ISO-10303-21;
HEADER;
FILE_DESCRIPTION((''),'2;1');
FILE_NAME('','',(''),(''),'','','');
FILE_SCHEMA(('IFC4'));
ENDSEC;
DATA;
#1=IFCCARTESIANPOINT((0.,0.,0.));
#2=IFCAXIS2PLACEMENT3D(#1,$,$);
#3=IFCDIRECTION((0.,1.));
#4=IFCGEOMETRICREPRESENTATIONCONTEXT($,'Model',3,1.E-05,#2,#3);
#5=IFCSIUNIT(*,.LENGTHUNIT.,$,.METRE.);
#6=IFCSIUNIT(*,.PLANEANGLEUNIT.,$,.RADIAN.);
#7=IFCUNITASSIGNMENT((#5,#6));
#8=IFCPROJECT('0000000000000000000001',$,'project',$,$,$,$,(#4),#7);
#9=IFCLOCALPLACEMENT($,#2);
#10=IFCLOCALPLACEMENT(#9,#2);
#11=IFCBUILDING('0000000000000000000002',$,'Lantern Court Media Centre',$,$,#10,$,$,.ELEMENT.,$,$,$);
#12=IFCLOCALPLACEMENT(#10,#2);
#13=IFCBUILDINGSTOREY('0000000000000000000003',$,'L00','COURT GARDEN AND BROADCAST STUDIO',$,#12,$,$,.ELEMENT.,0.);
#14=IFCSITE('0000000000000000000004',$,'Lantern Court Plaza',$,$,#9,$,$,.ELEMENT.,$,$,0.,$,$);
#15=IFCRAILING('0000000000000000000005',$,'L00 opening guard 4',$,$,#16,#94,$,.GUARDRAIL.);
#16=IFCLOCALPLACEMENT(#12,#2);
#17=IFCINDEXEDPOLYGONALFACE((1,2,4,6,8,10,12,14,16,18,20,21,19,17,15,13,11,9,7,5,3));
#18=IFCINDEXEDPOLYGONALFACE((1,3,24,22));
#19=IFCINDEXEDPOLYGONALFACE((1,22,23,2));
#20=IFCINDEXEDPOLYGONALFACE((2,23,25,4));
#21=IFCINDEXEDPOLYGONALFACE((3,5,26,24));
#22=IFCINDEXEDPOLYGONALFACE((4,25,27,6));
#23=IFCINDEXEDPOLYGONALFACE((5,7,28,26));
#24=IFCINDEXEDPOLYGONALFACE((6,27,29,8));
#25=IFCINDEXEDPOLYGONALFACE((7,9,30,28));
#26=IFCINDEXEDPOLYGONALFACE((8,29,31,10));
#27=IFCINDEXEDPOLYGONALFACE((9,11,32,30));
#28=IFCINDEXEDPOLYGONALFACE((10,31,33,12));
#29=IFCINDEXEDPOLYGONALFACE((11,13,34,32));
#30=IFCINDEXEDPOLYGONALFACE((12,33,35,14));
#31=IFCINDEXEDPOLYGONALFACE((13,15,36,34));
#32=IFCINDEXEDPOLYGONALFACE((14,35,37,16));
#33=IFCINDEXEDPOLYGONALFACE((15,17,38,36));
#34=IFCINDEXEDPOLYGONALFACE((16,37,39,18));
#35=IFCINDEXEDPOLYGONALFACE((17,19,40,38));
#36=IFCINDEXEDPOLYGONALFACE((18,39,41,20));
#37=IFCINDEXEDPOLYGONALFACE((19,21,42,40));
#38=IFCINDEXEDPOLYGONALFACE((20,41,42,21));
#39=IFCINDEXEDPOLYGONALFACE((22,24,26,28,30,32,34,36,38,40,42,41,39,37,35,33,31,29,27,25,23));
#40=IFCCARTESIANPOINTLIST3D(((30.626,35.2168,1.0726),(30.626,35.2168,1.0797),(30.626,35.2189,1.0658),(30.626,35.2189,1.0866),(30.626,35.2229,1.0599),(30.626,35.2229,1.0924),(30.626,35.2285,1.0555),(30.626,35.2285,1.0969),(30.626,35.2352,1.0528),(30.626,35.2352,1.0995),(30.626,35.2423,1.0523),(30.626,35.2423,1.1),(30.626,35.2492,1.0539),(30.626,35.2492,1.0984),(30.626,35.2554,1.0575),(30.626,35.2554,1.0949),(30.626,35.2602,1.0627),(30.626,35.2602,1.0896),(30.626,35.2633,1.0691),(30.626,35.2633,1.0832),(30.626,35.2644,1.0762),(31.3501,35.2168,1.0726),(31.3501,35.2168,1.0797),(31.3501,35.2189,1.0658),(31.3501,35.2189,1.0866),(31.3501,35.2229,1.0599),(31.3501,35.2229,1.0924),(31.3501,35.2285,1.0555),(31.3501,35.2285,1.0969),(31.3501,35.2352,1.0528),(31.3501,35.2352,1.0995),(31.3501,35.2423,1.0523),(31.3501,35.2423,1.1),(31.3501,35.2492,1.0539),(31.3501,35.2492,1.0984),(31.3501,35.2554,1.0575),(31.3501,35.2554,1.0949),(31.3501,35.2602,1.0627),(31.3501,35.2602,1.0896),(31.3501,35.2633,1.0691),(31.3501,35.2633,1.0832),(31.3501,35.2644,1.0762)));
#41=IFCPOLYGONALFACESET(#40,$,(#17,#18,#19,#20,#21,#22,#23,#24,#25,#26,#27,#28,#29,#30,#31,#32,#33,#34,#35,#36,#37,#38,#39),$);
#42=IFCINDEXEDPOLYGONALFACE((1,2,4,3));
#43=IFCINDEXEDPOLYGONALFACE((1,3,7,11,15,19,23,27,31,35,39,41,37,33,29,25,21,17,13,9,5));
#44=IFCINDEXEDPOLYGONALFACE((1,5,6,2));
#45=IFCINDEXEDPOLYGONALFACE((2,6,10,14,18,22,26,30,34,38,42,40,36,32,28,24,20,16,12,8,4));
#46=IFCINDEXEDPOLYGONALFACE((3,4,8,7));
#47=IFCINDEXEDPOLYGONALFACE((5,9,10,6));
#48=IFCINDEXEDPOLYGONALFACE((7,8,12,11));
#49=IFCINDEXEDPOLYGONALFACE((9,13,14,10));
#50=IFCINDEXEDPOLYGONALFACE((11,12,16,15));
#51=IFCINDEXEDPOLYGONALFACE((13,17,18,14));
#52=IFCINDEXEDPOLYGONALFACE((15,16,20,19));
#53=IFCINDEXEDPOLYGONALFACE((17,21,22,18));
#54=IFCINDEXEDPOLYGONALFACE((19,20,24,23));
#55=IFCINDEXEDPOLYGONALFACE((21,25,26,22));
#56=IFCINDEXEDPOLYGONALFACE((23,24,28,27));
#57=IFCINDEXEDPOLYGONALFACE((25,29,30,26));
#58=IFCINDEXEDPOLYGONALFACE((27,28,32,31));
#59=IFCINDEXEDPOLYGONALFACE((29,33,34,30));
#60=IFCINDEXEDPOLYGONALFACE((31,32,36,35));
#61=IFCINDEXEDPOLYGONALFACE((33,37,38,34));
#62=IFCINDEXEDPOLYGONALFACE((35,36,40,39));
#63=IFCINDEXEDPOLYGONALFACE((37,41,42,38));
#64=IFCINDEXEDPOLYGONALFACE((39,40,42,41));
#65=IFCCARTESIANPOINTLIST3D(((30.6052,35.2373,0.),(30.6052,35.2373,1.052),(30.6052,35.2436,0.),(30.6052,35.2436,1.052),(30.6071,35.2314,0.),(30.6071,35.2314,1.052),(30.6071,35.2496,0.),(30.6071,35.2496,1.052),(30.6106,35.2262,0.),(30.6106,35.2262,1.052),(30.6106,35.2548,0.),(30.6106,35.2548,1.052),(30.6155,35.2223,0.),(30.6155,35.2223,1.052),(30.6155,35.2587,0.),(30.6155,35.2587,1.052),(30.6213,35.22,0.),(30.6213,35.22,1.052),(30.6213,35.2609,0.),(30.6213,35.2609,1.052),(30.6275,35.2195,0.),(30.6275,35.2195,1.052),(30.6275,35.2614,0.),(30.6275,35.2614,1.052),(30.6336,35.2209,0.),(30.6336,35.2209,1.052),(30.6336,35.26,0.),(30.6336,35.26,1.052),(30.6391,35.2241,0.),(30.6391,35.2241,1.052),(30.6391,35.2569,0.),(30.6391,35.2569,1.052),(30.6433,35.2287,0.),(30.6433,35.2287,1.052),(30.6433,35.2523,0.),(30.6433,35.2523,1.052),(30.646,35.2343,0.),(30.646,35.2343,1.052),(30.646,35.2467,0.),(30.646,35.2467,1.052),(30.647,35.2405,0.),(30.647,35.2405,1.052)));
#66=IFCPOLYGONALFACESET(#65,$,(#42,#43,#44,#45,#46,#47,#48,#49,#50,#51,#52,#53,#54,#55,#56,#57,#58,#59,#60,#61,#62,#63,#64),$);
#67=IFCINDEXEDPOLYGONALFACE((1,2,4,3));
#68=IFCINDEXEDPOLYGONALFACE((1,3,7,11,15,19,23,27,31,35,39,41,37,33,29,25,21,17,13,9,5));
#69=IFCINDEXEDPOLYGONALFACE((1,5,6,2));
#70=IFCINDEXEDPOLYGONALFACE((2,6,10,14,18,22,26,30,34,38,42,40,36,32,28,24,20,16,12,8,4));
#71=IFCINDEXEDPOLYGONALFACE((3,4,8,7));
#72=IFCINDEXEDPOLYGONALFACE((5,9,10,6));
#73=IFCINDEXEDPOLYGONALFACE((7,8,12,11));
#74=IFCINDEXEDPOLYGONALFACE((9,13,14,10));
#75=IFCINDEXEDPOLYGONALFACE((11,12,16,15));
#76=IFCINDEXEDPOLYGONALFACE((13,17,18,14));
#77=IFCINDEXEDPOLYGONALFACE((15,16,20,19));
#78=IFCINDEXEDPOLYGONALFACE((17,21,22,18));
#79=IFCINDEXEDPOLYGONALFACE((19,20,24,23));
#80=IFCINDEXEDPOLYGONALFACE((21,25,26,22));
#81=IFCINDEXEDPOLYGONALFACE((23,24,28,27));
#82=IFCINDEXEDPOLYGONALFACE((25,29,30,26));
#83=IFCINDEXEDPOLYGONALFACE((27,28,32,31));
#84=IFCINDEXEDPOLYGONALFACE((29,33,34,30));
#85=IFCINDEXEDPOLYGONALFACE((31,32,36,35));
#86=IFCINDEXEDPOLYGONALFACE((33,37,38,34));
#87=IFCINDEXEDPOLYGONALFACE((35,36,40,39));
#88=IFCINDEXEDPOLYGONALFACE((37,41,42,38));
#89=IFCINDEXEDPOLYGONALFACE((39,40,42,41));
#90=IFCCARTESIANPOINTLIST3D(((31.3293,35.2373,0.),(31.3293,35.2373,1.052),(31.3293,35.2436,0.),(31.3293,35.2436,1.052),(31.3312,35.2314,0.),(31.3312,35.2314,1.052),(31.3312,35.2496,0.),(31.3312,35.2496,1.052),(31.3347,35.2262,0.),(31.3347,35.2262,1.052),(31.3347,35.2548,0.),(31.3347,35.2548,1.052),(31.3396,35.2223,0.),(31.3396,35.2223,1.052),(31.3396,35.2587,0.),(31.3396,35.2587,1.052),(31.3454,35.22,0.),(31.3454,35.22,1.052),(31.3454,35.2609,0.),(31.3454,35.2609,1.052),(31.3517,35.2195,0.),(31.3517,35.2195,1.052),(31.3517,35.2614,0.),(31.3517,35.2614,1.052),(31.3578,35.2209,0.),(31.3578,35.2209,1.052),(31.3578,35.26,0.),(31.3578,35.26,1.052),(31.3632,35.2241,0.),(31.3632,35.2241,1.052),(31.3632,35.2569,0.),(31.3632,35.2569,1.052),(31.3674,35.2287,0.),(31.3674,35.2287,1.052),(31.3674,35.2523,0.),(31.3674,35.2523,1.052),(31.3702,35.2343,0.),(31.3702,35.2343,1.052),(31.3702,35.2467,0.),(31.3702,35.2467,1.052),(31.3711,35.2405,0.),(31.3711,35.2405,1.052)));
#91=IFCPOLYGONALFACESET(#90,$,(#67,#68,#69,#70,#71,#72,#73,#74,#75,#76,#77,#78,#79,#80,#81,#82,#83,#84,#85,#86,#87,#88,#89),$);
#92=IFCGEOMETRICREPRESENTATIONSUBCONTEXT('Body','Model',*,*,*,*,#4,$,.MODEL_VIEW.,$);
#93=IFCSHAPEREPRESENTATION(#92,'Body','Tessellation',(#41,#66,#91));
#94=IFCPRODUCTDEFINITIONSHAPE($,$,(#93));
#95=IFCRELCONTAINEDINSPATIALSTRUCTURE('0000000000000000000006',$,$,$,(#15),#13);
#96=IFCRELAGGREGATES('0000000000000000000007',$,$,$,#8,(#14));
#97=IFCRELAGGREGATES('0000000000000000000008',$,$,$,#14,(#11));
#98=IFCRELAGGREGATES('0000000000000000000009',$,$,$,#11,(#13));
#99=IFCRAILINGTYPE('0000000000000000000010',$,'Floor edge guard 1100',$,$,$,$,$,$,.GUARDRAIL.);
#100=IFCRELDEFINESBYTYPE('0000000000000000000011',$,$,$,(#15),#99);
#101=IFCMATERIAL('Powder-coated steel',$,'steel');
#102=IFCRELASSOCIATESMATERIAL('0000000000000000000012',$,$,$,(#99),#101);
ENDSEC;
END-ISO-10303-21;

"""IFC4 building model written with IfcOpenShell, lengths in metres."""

from ifc_helpers import new_model, si_unit, direction, frame, origin, origin_2d, place, context, subcontext, project, spatial, circle, extrude, material, type_object, element, save


model = new_model("IFC4")

# Units and contexts
model_context = context("Model", 3, precision=1e-05, world=origin(), true_north=direction((0.0, 1.0)))
body_context = subcontext(model_context, "Body", "Model", "MODEL_VIEW")
ifc_project = project(units=[si_unit("LENGTHUNIT", "METRE"), si_unit("PLANEANGLEUNIT", "RADIAN")], contexts=[model_context])

# Site, building, storey
site_placement = place(None, origin())
site = spatial("IfcSite", under=ifc_project, at=site_placement, Name="Lantern Court Plaza", CompositionType="ELEMENT", RefElevation=0.0)
building_placement = place(site_placement, origin())
building = spatial("IfcBuilding", under=site, at=building_placement, Name="Lantern Court Media Centre", CompositionType="ELEMENT")
storey_placement = place(building_placement, origin())
storey = spatial("IfcBuildingStorey", under=building, at=storey_placement, Name="L00", Description="COURT GARDEN AND BROADCAST STUDIO", CompositionType="ELEMENT", Elevation=0.0)

# Railing
ifc_material_1 = material(Name="Powder-coated steel", Category="steel")
railing_type_1 = type_object("IfcRailingType", Name="Floor edge guard 1100", PredefinedType="GUARDRAIL", material=ifc_material_1)
railing_1_placement = place(storey_placement, frame((30.626, 35.2405, 0.0)))
element("IfcRailing", 1, at=railing_1_placement, inside=storey, type_object=railing_type_1, Name="L00 opening guard 4", PredefinedType="GUARDRAIL", context=body_context, shape_type="SweptSolid", body=[
    extrude(circle(Radius=0.0239, at=origin_2d()), frame((0.0, 0.0, 1.0762), z_axis=(1.0, 0.0, 0.0), x_axis=(0.0, 1.0, 0.0)), (0.0, 0.0, 1.0), 0.7241),
    extrude(circle(Radius=0.021, at=origin_2d()), origin(), (0.0, 0.0, 1.0), 1.052),
    extrude(circle(Radius=0.021, at=origin_2d()), frame((0.7241, 0.0, 0.0)), (0.0, 0.0, 1.0), 1.052),
])

save(model, "model.ifc")
